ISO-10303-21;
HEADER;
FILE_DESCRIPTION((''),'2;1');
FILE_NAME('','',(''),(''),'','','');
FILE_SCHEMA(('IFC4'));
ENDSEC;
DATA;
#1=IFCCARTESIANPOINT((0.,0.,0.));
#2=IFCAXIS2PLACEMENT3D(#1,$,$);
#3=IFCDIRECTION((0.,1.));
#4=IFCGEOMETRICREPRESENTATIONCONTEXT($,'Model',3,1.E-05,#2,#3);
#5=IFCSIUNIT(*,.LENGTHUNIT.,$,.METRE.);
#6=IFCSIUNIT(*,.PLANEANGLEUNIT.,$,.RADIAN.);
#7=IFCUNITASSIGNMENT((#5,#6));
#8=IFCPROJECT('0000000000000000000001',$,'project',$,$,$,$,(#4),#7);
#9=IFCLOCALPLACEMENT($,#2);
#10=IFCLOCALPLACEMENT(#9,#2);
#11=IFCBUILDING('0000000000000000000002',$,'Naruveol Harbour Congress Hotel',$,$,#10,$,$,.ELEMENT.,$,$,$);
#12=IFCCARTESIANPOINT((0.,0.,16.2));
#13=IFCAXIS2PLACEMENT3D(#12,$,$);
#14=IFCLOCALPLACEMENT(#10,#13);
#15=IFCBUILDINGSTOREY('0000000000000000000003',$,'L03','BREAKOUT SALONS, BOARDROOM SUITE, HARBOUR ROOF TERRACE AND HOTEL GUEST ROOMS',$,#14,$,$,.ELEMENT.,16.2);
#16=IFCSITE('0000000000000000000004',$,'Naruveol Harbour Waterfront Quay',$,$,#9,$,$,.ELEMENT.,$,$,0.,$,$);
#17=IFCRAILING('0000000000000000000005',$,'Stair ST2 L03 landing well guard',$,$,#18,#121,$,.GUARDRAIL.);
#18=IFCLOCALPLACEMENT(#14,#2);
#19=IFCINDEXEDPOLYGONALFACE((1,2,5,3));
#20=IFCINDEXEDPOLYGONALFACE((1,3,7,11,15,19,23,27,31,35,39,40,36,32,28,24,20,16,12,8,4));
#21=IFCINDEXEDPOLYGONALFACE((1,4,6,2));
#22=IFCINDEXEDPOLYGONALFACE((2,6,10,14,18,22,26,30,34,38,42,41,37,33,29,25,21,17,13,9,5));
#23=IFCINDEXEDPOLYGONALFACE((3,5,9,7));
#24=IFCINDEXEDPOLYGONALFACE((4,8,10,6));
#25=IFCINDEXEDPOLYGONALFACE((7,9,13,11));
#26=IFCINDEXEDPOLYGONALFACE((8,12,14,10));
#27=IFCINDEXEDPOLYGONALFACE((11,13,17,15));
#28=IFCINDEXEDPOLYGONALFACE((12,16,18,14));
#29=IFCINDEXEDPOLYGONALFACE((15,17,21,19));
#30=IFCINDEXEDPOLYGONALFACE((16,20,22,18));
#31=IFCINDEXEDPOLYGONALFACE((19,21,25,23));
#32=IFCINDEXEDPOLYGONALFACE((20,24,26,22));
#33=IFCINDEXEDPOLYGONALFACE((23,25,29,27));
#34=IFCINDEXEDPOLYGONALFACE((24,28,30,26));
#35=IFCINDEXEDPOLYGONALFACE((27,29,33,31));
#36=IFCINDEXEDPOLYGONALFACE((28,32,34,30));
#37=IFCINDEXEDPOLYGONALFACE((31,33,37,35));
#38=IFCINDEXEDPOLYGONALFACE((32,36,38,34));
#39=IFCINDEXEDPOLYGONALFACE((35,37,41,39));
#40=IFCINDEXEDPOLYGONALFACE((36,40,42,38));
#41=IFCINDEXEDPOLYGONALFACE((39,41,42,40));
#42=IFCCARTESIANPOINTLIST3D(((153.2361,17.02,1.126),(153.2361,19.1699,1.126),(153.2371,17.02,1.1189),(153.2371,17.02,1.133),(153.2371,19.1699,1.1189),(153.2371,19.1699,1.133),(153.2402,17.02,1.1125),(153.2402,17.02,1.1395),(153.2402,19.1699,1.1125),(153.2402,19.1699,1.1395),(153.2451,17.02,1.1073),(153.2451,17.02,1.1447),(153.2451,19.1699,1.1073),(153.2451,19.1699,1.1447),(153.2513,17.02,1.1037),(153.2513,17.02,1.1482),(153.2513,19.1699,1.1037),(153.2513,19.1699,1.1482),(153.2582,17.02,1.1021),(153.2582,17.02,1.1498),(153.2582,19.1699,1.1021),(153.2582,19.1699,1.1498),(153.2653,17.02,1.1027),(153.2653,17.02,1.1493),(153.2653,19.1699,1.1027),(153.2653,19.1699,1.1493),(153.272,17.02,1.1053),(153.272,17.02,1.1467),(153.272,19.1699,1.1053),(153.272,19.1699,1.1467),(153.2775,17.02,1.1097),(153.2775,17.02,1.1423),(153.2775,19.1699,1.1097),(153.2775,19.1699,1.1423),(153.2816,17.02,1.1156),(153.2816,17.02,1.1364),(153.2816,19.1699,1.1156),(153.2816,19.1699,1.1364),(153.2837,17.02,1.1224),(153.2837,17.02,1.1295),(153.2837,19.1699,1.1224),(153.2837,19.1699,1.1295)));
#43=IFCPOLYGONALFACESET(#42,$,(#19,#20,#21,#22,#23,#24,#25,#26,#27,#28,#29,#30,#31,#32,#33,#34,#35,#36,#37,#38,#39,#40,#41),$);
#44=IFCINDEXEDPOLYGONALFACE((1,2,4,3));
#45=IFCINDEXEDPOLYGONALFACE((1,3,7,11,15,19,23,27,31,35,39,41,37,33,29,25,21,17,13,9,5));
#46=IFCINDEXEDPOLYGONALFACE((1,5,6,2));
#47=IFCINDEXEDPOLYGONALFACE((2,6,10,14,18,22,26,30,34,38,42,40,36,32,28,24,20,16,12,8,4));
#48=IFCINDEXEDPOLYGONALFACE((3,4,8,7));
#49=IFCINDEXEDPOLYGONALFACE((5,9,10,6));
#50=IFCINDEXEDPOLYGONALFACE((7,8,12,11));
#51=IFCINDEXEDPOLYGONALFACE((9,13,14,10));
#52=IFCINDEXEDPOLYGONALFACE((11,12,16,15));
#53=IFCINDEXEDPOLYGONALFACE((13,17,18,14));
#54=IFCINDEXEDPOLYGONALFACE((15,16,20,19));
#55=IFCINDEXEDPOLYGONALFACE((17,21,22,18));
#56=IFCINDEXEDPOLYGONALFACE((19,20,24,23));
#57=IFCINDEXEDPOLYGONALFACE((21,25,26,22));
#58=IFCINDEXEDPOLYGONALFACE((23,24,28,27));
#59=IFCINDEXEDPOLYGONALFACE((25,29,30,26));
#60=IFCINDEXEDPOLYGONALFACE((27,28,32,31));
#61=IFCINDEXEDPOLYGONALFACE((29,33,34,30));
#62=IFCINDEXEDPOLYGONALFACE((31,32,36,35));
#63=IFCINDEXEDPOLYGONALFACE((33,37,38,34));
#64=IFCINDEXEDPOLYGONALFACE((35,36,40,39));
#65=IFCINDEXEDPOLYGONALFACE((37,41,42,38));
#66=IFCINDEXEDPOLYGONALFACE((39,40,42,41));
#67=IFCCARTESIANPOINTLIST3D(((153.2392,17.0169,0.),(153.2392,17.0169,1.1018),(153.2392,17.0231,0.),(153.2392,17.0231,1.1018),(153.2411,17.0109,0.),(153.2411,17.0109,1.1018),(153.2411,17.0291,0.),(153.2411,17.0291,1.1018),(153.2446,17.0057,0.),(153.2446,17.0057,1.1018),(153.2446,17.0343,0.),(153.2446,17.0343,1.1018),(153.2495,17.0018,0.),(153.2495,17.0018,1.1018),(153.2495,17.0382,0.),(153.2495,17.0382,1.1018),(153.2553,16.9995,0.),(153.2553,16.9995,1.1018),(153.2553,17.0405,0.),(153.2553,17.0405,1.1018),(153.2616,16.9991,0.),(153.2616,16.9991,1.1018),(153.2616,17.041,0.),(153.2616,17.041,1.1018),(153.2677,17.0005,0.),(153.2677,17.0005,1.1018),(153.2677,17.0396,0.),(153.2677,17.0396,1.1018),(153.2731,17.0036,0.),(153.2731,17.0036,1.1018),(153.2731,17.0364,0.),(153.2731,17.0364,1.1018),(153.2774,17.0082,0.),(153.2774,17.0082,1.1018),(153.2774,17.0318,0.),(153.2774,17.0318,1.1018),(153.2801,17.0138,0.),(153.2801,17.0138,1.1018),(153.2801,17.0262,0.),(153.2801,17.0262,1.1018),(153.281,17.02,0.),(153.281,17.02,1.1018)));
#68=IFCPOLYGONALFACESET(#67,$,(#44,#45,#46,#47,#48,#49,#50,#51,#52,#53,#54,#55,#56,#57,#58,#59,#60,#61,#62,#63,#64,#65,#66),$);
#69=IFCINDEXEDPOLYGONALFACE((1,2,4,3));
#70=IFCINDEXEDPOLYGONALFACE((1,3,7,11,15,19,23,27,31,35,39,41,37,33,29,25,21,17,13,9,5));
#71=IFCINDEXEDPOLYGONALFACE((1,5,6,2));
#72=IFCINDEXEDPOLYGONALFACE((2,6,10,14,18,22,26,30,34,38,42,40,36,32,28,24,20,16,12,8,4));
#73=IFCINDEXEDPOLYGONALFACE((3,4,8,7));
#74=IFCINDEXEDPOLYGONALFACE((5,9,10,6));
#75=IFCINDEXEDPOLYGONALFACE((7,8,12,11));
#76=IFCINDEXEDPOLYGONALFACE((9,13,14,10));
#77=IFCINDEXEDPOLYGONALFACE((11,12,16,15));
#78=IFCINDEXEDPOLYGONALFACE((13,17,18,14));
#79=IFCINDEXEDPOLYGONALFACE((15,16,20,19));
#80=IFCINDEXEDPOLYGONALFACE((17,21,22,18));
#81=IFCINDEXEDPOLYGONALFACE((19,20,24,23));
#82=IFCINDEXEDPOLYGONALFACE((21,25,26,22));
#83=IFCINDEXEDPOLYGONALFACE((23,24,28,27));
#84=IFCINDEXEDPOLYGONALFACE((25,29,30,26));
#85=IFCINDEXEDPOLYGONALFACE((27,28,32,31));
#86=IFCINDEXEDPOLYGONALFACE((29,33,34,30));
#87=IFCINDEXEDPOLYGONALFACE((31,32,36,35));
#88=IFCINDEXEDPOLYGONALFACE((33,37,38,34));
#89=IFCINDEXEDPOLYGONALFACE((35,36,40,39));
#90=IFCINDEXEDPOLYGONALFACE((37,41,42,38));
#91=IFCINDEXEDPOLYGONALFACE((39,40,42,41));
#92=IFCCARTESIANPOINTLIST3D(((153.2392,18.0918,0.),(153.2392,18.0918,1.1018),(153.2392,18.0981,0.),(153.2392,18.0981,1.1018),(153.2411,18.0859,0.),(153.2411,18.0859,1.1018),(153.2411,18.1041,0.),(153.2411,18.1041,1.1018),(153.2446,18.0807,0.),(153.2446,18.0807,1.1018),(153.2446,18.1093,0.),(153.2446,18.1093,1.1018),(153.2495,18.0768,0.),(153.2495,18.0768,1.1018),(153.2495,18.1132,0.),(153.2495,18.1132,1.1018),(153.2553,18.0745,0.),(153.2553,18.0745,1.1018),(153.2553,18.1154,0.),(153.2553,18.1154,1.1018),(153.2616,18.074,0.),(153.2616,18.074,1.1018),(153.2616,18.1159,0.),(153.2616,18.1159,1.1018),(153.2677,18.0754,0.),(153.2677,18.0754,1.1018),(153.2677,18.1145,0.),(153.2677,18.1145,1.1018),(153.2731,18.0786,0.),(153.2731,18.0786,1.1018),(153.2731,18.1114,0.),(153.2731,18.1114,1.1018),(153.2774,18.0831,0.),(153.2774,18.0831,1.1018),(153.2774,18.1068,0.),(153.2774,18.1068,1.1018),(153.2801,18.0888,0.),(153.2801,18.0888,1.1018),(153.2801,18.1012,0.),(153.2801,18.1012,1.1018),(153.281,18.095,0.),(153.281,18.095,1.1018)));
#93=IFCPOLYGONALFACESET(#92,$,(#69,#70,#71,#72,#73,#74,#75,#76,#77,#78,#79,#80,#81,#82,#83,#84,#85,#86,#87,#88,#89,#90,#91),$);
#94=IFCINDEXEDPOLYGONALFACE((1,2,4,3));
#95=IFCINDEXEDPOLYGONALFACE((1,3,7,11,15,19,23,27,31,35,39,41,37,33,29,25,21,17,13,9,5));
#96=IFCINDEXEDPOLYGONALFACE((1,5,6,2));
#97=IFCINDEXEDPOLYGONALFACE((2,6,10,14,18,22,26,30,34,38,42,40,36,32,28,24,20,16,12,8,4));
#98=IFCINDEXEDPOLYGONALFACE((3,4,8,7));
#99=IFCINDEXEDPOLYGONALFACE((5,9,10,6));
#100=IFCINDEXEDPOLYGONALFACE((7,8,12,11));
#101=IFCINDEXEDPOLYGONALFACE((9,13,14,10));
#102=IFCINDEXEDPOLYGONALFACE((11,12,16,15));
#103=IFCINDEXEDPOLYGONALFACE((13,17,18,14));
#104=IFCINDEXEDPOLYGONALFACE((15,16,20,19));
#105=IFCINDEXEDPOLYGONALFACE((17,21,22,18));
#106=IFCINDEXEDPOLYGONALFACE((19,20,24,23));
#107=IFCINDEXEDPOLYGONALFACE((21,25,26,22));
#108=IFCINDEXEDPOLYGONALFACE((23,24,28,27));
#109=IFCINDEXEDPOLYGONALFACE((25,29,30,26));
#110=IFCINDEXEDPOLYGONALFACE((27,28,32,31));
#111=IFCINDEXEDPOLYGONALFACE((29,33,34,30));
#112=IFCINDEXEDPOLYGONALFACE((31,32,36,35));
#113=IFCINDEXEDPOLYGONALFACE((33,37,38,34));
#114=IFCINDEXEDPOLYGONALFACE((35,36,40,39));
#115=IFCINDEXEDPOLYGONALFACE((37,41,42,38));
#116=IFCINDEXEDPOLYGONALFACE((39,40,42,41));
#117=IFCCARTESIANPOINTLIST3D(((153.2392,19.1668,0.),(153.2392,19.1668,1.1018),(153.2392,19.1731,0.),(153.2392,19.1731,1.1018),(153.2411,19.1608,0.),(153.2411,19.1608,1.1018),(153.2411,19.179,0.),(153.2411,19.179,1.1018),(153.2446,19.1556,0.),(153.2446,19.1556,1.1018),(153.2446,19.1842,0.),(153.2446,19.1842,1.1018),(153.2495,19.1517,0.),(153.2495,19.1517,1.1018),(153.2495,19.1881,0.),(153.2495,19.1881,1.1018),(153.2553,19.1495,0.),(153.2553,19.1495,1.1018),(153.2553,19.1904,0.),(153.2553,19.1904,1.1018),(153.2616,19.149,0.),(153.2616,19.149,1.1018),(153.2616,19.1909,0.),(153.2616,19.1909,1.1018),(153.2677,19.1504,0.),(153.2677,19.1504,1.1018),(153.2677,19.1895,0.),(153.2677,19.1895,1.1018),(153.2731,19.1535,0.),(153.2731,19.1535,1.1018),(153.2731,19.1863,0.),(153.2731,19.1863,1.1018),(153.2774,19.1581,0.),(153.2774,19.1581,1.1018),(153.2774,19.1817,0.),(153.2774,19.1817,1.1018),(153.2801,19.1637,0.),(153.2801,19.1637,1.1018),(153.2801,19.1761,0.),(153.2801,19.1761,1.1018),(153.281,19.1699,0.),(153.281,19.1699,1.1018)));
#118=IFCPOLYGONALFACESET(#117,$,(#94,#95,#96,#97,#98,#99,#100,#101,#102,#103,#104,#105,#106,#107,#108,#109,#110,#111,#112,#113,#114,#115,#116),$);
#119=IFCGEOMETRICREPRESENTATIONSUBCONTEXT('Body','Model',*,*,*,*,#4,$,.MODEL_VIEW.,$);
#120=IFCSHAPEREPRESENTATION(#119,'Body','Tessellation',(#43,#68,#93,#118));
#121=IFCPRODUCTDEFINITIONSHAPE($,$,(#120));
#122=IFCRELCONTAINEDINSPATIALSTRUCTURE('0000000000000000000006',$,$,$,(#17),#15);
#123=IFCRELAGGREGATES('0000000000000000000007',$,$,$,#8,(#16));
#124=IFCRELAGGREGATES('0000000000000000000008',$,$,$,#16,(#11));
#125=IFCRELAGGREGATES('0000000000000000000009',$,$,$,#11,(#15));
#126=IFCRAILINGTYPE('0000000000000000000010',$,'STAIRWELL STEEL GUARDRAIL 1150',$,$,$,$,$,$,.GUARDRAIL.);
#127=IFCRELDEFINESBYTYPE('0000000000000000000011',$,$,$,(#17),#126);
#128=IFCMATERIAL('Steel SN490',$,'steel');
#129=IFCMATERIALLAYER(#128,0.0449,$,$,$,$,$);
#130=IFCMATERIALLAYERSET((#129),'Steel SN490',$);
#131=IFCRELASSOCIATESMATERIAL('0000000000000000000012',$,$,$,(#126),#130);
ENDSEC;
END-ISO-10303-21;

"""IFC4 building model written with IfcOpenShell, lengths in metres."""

from ifc_helpers import new_model, si_unit, direction, frame, origin, origin_2d, place, context, subcontext, project, spatial, circle, extrude, material, layer, layer_set, type_object, element, save


model = new_model("IFC4")

# Units and contexts
model_context = context("Model", 3, precision=1e-05, world=origin(), true_north=direction((0.0, 1.0)))
body_context = subcontext(model_context, "Body", "Model", "MODEL_VIEW")
ifc_project = project(units=[si_unit("LENGTHUNIT", "METRE"), si_unit("PLANEANGLEUNIT", "RADIAN")], contexts=[model_context])

# Site, building, storey
site_placement = place(None, origin())
site = spatial("IfcSite", under=ifc_project, at=site_placement, Name="Naruveol Harbour Waterfront Quay", CompositionType="ELEMENT", RefElevation=0.0)
building_placement = place(site_placement, origin())
building = spatial("IfcBuilding", under=site, at=building_placement, Name="Naruveol Harbour Congress Hotel", CompositionType="ELEMENT")
storey_placement = place(building_placement, frame((0.0, 0.0, 16.2)))
storey = spatial("IfcBuildingStorey", under=building, at=storey_placement, Name="L03", Description="BREAKOUT SALONS, BOARDROOM SUITE, HARBOUR ROOF TERRACE AND HOTEL GUEST ROOMS", CompositionType="ELEMENT", Elevation=16.2)

# Railing
ifc_material_1 = material(Name="Steel SN490", Category="steel")
ifc_layer_1 = layer(ifc_material_1, 0.0449)
ifc_layer_set_1 = layer_set([ifc_layer_1], Name="Steel SN490")
railing_type_1 = type_object("IfcRailingType", Name="STAIRWELL STEEL GUARDRAIL 1150", PredefinedType="GUARDRAIL", material=ifc_layer_set_1)
railing_1_placement = place(storey_placement, frame((153.26, 17.02, 0.0)))
element("IfcRailing", 1, at=railing_1_placement, inside=storey, type_object=railing_type_1, Name="Stair ST2 L03 landing well guard", PredefinedType="GUARDRAIL", context=body_context, shape_type="SweptSolid", body=[
    extrude(circle(Radius=0.0239, at=origin_2d()), frame((0.0, 0.0, 1.126), z_axis=(0.0, 1.0, 0.0), x_axis=(-1.0, 0.0, 0.0)), (0.0, 0.0, 1.0), 2.1499),
    extrude(circle(Radius=0.021, at=origin_2d()), origin(), (0.0, 0.0, 1.0), 1.1018),
    extrude(circle(Radius=0.021, at=origin_2d()), frame((0.0, 1.075, 0.0)), (0.0, 0.0, 1.0), 1.1018),
    extrude(circle(Radius=0.021, at=origin_2d()), frame((0.0, 2.1499, 0.0)), (0.0, 0.0, 1.0), 1.1018),
])

save(model, "model.ifc")
